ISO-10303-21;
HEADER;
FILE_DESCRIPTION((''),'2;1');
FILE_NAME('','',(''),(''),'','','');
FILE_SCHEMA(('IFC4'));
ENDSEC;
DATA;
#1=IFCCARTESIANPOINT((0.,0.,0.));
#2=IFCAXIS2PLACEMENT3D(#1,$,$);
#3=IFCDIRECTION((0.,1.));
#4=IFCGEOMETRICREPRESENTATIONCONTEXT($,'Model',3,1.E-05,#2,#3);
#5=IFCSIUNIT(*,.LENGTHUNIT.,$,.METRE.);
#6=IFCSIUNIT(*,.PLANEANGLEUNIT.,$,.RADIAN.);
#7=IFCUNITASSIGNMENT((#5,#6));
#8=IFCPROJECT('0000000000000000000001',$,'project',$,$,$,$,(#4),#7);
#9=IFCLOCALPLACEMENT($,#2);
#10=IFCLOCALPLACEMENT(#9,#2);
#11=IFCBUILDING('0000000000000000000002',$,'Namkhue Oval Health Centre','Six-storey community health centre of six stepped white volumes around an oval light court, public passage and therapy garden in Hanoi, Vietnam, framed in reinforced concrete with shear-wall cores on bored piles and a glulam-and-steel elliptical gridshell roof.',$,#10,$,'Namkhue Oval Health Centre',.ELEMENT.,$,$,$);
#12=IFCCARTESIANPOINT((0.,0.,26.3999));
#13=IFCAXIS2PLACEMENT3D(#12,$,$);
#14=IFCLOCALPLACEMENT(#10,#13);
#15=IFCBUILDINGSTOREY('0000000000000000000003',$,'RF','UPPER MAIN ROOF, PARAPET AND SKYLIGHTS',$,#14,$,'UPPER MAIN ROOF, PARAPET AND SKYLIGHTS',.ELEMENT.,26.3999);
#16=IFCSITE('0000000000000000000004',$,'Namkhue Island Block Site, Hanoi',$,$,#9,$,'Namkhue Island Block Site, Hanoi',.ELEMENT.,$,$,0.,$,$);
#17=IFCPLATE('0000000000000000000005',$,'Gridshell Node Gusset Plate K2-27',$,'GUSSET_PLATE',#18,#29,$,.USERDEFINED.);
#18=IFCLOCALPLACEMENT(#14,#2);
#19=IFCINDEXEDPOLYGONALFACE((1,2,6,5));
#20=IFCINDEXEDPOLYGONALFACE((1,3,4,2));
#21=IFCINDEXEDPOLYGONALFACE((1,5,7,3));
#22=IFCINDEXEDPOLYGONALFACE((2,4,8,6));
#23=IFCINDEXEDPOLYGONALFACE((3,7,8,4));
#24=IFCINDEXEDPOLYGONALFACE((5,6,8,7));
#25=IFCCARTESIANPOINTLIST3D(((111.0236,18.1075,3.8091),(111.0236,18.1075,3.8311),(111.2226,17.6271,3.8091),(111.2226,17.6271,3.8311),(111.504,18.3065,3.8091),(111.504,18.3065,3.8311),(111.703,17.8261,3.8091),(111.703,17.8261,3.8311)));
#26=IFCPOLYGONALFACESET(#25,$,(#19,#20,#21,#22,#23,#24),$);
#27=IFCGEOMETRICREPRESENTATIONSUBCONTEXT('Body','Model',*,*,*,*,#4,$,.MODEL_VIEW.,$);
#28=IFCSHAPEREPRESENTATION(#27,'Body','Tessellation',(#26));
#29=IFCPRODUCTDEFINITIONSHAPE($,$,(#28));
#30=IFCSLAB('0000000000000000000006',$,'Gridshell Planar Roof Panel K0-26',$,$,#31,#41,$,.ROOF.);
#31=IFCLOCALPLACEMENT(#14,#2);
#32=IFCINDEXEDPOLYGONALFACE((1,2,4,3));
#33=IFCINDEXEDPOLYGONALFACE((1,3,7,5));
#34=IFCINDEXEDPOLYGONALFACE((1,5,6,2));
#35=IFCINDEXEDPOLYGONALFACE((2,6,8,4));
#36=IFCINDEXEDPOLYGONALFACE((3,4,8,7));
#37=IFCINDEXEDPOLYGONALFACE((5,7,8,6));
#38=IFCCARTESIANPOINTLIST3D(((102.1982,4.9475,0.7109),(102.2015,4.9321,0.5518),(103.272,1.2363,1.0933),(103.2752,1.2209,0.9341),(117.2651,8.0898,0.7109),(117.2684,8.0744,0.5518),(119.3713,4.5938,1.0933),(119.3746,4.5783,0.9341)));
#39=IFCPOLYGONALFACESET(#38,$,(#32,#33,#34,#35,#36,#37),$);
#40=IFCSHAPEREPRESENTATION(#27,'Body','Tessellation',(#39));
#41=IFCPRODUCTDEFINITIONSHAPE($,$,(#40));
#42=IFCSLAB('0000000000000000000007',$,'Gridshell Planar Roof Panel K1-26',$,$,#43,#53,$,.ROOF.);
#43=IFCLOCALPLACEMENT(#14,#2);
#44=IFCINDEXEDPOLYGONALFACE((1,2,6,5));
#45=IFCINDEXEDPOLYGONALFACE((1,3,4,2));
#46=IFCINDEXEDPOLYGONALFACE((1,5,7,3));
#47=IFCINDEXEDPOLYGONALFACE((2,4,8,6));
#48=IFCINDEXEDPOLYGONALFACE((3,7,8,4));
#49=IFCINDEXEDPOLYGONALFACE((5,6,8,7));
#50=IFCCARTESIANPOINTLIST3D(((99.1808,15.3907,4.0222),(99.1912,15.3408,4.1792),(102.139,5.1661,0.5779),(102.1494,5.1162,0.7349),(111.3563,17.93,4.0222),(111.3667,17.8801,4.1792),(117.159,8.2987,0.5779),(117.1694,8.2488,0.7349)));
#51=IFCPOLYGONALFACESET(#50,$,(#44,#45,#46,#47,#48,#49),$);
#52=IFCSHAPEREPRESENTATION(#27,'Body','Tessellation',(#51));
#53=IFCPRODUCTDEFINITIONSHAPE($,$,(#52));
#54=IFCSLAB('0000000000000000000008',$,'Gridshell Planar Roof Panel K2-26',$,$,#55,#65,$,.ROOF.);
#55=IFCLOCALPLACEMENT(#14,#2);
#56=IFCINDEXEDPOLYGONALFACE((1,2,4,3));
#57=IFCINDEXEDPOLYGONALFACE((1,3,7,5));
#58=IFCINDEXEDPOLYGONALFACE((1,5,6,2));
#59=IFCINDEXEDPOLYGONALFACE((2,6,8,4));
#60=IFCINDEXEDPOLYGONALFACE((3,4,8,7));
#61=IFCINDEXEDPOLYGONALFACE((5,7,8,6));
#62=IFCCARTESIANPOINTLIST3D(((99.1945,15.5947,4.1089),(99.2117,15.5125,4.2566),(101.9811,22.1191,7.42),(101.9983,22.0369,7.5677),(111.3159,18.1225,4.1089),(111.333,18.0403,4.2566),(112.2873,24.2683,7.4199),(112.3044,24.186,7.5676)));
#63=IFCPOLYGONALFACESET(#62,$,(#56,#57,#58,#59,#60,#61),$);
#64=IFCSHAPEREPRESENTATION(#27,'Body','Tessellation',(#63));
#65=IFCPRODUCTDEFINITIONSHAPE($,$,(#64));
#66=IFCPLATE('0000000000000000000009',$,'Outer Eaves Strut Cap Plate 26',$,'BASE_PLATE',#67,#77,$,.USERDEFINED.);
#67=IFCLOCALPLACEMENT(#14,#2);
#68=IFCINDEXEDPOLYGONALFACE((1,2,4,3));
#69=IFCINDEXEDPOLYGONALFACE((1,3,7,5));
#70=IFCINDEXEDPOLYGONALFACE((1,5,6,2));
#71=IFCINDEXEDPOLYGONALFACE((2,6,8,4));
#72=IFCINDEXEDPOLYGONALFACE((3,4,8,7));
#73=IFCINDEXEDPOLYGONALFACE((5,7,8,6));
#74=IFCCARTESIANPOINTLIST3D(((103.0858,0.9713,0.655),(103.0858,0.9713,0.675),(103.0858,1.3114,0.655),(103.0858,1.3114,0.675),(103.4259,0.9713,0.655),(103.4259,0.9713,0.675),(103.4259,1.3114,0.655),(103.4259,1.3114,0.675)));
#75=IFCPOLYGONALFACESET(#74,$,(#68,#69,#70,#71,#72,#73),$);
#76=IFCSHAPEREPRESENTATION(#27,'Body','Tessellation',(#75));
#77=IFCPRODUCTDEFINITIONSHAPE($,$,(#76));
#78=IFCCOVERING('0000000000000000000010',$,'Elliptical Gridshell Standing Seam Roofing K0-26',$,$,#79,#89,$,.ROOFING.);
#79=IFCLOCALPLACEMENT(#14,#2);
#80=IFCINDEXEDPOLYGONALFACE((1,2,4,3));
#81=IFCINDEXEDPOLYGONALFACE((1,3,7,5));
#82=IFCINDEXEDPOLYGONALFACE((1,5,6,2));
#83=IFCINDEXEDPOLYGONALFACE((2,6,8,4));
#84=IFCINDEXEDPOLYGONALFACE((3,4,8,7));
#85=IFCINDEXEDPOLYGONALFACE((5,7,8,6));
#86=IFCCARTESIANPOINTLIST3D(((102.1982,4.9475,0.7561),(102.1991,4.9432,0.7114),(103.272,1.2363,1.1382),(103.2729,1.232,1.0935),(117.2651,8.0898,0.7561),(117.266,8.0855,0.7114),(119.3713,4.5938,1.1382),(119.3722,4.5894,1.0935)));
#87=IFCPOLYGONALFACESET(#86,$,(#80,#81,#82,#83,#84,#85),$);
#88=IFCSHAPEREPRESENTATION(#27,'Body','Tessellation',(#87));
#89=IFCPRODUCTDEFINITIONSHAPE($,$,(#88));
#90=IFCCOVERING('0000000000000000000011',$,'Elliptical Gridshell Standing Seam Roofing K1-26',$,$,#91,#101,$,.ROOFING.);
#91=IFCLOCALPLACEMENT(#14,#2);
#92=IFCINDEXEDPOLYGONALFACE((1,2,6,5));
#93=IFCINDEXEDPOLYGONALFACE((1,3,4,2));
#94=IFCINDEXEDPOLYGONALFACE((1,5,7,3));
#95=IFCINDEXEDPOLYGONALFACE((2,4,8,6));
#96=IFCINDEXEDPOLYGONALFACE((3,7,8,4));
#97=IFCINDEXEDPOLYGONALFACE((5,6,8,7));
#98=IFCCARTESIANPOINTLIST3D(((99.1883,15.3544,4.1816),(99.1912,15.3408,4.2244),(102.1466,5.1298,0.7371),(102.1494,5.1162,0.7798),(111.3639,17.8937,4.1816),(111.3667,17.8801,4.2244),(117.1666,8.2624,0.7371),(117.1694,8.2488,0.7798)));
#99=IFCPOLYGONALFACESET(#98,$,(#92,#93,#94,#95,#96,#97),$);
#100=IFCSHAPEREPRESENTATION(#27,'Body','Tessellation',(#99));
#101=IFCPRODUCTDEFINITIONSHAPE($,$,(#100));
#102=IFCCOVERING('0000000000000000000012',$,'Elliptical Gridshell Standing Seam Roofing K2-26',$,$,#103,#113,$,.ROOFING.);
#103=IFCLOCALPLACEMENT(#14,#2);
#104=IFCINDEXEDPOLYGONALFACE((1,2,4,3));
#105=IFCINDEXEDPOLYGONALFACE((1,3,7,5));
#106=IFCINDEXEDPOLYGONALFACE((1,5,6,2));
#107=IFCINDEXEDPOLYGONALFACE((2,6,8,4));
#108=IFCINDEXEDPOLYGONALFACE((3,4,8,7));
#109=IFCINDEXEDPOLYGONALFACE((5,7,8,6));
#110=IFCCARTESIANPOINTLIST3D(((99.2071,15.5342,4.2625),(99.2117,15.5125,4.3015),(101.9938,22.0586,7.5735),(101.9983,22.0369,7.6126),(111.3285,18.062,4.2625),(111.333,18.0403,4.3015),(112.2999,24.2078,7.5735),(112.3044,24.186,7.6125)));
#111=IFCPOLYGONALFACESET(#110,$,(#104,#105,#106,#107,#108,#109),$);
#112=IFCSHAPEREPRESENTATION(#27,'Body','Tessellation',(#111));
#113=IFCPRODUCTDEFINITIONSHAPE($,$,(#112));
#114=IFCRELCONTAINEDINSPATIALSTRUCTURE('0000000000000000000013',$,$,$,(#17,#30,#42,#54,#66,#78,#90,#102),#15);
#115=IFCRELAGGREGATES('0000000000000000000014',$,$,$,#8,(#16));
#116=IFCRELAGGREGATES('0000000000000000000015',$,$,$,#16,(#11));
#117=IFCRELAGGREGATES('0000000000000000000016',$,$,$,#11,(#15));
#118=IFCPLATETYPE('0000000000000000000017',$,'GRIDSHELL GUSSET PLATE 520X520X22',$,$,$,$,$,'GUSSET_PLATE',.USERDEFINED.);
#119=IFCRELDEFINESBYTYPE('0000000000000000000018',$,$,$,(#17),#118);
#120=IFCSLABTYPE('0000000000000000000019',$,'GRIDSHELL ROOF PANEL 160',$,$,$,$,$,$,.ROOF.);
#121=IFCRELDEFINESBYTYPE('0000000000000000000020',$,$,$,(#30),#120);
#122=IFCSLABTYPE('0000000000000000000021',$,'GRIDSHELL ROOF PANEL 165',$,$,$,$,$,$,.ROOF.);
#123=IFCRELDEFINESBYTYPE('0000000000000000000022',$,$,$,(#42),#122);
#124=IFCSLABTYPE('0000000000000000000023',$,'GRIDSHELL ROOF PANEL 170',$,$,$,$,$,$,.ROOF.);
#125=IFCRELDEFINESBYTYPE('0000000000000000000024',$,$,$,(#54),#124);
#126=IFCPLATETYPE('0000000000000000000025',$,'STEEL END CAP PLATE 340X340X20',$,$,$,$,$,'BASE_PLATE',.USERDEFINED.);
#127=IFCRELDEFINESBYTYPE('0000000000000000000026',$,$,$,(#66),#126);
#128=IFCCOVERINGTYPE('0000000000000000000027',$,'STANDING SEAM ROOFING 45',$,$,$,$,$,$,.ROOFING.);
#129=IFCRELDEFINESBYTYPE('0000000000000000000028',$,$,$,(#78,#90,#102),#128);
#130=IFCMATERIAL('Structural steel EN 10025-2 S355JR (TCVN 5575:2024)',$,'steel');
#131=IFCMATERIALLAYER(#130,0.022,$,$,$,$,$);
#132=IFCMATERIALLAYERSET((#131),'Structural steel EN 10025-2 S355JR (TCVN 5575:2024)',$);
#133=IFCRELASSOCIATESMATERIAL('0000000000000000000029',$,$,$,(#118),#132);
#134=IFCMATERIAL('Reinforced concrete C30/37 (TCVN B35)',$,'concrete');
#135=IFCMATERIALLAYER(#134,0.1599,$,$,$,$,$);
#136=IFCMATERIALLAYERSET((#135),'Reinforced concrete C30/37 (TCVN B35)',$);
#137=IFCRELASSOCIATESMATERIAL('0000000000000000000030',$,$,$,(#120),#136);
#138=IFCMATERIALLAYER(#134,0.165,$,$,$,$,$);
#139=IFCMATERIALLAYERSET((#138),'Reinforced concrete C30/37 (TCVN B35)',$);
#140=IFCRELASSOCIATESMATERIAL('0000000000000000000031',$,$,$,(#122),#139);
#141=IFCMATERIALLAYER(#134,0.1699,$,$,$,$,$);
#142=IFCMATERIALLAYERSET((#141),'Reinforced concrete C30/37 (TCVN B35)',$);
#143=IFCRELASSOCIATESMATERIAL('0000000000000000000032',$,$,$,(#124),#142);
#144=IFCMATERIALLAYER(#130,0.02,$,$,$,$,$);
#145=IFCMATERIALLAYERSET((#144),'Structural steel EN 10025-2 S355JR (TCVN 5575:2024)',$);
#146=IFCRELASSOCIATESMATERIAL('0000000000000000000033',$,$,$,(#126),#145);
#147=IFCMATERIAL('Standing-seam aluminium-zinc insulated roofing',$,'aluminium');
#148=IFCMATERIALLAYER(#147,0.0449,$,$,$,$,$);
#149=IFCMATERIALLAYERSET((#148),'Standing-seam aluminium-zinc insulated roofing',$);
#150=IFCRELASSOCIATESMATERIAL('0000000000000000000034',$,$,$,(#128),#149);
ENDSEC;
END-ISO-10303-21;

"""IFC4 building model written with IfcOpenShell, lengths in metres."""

from ifc_helpers import new_model, si_unit, direction, frame, origin, origin_2d, place, context, subcontext, project, spatial, polyline, rectangle, outline, extrude, material, layer, layer_set, type_object, element, save


model = new_model("IFC4")

# Units and contexts
model_context = context("Model", 3, precision=1e-05, world=origin(), true_north=direction((0.0, 1.0)))
body_context = subcontext(model_context, "Body", "Model", "MODEL_VIEW")
ifc_project = project(units=[si_unit("LENGTHUNIT", "METRE"), si_unit("PLANEANGLEUNIT", "RADIAN")], contexts=[model_context])

# Site, building, storey
site_placement = place(None, origin())
site = spatial("IfcSite", under=ifc_project, at=site_placement, Name="Namkhue Island Block Site, Hanoi", LongName="Namkhue Island Block Site, Hanoi", CompositionType="ELEMENT", RefElevation=0.0)
building_placement = place(site_placement, origin())
building = spatial("IfcBuilding", under=site, at=building_placement, Name="Namkhue Oval Health Centre", Description="Six-storey community health centre of six stepped white volumes around an oval light court, public passage and therapy garden in Hanoi, Vietnam, framed in reinforced concrete with shear-wall cores on bored piles and a glulam-and-steel elliptical gridshell roof.", LongName="Namkhue Oval Health Centre", CompositionType="ELEMENT")
storey_placement = place(building_placement, frame((0.0, 0.0, 26.3999)))
storey = spatial("IfcBuildingStorey", under=building, at=storey_placement, Name="RF", Description="UPPER MAIN ROOF, PARAPET AND SKYLIGHTS", LongName="UPPER MAIN ROOF, PARAPET AND SKYLIGHTS", CompositionType="ELEMENT", Elevation=26.3999)

# Shared definitions
ifc_material_1 = material(Name="Structural steel EN 10025-2 S355JR (TCVN 5575:2024)", Category="steel")

# Plate
ifc_layer_1 = layer(ifc_material_1, 0.022)
ifc_layer_set_1 = layer_set([ifc_layer_1], Name="Structural steel EN 10025-2 S355JR (TCVN 5575:2024)")
plate_type_1 = type_object("IfcPlateType", Name="GRIDSHELL GUSSET PLATE 520X520X22", ElementType="GUSSET_PLATE", PredefinedType="USERDEFINED", material=ifc_layer_set_1)
for number, where, z_axis, x_axis, name in (
    (1, (111.3633, 17.9668, 3.8091), (0.0, 0.0, 1.0), (0.382683, -0.92388, 0.0), "Gridshell Node Gusset Plate K2-27"),
):
    element("IfcPlate", number, at=place(storey_placement, frame(where, z_axis=z_axis, x_axis=x_axis)), inside=storey, type_object=plate_type_1, Name=name, ObjectType="GUSSET_PLATE", PredefinedType="USERDEFINED", context=body_context, shape_type="SweptSolid", body=[
        extrude(rectangle(XDim=0.52, YDim=0.52, at=origin_2d()), origin(), (0.0, 0.0, 1.0), 0.022),
    ])

# Slabs
ifc_material_2 = material(Name="Reinforced concrete C30/37 (TCVN B35)", Category="concrete")
ifc_layer_2 = layer(ifc_material_2, 0.1599)
ifc_layer_set_2 = layer_set([ifc_layer_2], Name="Reinforced concrete C30/37 (TCVN B35)")
slab_type_1 = type_object("IfcSlabType", Name="GRIDSHELL ROOF PANEL 160", PredefinedType="ROOF", material=ifc_layer_set_2)
slab_1_placement = place(storey_placement, frame((103.272, 1.2363, 1.0933), z_axis=(-0.020163, 0.096679, 0.995111), x_axis=(0.978939, 0.204152, 0.000001)))
element("IfcSlab", 2, at=slab_1_placement, inside=storey, type_object=slab_type_1, Name="Gridshell Planar Roof Panel K0-26", PredefinedType="ROOF", context=body_context, shape_type="SweptSolid", body=[
    extrude(outline(polyline([(0.0, 0.0), (16.4457, 0.0), (15.0976, 3.8714), (-0.2935, 3.8712), (0.0, 0.0)])), origin(), (0.0, 0.0, -1.0), 0.1599),
])
ifc_layer_3 = layer(ifc_material_2, 0.165)
ifc_layer_set_3 = layer_set([ifc_layer_3], Name="Reinforced concrete C30/37 (TCVN B35)")
slab_type_2 = type_object("IfcSlabType", Name="GRIDSHELL ROOF PANEL 165", PredefinedType="ROOF", material=ifc_layer_set_3)
slab_2_placement = place(storey_placement, frame((102.1494, 5.1162, 0.7349), z_axis=(0.063023, -0.302182, 0.951165), x_axis=(0.978936, 0.204166, 0.0)))
element("IfcSlab", 3, at=slab_2_placement, inside=storey, type_object=slab_type_2, Name="Gridshell Planar Roof Panel K1-26", PredefinedType="ROOF", context=body_context, shape_type="SweptSolid", body=[
    extrude(outline(polyline([(0.0, 0.0), (15.3432, 0.0), (11.6291, 11.1581), (-0.8084, 11.1581), (0.0, 0.0)])), origin(), (0.0, 0.0, -1.0), 0.165),
])
ifc_layer_4 = layer(ifc_material_2, 0.1699)
ifc_layer_set_4 = layer_set([ifc_layer_4], Name="Reinforced concrete C30/37 (TCVN B35)")
slab_type_3 = type_object("IfcSlabType", Name="GRIDSHELL ROOF PANEL 170", PredefinedType="ROOF", material=ifc_layer_set_4)
slab_3_placement = place(storey_placement, frame((99.2117, 15.5125, 4.2566), z_axis=(0.100973, -0.484193, 0.869115), x_axis=(0.978939, 0.204151, 0.000002)))
element("IfcSlab", 4, at=slab_3_placement, inside=storey, type_object=slab_type_3, Name="Gridshell Planar Roof Panel K2-26", PredefinedType="ROOF", context=body_context, shape_type="SweptSolid", body=[
    extrude(outline(polyline([(0.0, 0.0), (12.3821, 0.0), (14.5878, 6.6942), (4.0599, 6.6943), (0.0, 0.0)])), origin(), (0.0, 0.0, -1.0), 0.1699),
])

# Plate
ifc_layer_5 = layer(ifc_material_1, 0.02)
ifc_layer_set_5 = layer_set([ifc_layer_5], Name="Structural steel EN 10025-2 S355JR (TCVN 5575:2024)")
plate_type_2 = type_object("IfcPlateType", Name="STEEL END CAP PLATE 340X340X20", ElementType="BASE_PLATE", PredefinedType="USERDEFINED", material=ifc_layer_set_5)
plate_1_placement = place(storey_placement, frame((103.2559, 1.1414, 0.655), z_axis=(0.0, 0.0, 1.0), x_axis=(1.0, 0.0, 0.0)))
element("IfcPlate", 5, at=plate_1_placement, inside=storey, type_object=plate_type_2, Name="Outer Eaves Strut Cap Plate 26", ObjectType="BASE_PLATE", PredefinedType="USERDEFINED", context=body_context, shape_type="SweptSolid", body=[
    extrude(rectangle(XDim=0.3401, YDim=0.3401, at=origin_2d()), origin(), (0.0, 0.0, 1.0), 0.02),
])

# Coverings
ifc_material_3 = material(Name="Standing-seam aluminium-zinc insulated roofing", Category="aluminium")
ifc_layer_6 = layer(ifc_material_3, 0.0449)
ifc_layer_set_6 = layer_set([ifc_layer_6], Name="Standing-seam aluminium-zinc insulated roofing")
covering_type = type_object("IfcCoveringType", Name="STANDING SEAM ROOFING 45", PredefinedType="ROOFING", material=ifc_layer_set_6)
covering_1_placement = place(storey_placement, frame((103.272, 1.2363, 1.1382), z_axis=(-0.02015, 0.096618, 0.995118), x_axis=(0.978939, 0.204152, 0.000001)))
element("IfcCovering", 6, at=covering_1_placement, inside=storey, type_object=covering_type, Name="Elliptical Gridshell Standing Seam Roofing K0-26", PredefinedType="ROOFING", context=body_context, shape_type="SweptSolid", body=[
    extrude(outline(polyline([(0.0, 0.0), (16.4457, 0.0), (15.0976, 3.8713), (-0.2935, 3.8711), (0.0, 0.0)])), origin(), (0.0, 0.0, -1.0), 0.0449),
])
covering_2_placement = place(storey_placement, frame((102.1494, 5.1162, 0.7798), z_axis=(0.063027, -0.302202, 0.951158), x_axis=(0.978936, 0.204166, 0.0)))
element("IfcCovering", 7, at=covering_2_placement, inside=storey, type_object=covering_type, Name="Elliptical Gridshell Standing Seam Roofing K1-26", PredefinedType="ROOFING", context=body_context, shape_type="SweptSolid", body=[
    extrude(outline(polyline([(0.0, 0.0), (15.3432, 0.0), (11.6291, 11.1582), (-0.8084, 11.1582), (0.0, 0.0)])), origin(), (0.0, 0.0, -1.0), 0.0449),
])
covering_3_placement = place(storey_placement, frame((99.2117, 15.5125, 4.3015), z_axis=(0.100973, -0.484193, 0.869115), x_axis=(0.978939, 0.204151, 0.000002)))
element("IfcCovering", 8, at=covering_3_placement, inside=storey, type_object=covering_type, Name="Elliptical Gridshell Standing Seam Roofing K2-26", PredefinedType="ROOFING", context=body_context, shape_type="SweptSolid", body=[
    extrude(outline(polyline([(0.0, 0.0), (12.3821, 0.0), (14.5878, 6.6942), (4.0599, 6.6943), (0.0, 0.0)])), origin(), (0.0, 0.0, -1.0), 0.0449),
])

save(model, "model.ifc")
